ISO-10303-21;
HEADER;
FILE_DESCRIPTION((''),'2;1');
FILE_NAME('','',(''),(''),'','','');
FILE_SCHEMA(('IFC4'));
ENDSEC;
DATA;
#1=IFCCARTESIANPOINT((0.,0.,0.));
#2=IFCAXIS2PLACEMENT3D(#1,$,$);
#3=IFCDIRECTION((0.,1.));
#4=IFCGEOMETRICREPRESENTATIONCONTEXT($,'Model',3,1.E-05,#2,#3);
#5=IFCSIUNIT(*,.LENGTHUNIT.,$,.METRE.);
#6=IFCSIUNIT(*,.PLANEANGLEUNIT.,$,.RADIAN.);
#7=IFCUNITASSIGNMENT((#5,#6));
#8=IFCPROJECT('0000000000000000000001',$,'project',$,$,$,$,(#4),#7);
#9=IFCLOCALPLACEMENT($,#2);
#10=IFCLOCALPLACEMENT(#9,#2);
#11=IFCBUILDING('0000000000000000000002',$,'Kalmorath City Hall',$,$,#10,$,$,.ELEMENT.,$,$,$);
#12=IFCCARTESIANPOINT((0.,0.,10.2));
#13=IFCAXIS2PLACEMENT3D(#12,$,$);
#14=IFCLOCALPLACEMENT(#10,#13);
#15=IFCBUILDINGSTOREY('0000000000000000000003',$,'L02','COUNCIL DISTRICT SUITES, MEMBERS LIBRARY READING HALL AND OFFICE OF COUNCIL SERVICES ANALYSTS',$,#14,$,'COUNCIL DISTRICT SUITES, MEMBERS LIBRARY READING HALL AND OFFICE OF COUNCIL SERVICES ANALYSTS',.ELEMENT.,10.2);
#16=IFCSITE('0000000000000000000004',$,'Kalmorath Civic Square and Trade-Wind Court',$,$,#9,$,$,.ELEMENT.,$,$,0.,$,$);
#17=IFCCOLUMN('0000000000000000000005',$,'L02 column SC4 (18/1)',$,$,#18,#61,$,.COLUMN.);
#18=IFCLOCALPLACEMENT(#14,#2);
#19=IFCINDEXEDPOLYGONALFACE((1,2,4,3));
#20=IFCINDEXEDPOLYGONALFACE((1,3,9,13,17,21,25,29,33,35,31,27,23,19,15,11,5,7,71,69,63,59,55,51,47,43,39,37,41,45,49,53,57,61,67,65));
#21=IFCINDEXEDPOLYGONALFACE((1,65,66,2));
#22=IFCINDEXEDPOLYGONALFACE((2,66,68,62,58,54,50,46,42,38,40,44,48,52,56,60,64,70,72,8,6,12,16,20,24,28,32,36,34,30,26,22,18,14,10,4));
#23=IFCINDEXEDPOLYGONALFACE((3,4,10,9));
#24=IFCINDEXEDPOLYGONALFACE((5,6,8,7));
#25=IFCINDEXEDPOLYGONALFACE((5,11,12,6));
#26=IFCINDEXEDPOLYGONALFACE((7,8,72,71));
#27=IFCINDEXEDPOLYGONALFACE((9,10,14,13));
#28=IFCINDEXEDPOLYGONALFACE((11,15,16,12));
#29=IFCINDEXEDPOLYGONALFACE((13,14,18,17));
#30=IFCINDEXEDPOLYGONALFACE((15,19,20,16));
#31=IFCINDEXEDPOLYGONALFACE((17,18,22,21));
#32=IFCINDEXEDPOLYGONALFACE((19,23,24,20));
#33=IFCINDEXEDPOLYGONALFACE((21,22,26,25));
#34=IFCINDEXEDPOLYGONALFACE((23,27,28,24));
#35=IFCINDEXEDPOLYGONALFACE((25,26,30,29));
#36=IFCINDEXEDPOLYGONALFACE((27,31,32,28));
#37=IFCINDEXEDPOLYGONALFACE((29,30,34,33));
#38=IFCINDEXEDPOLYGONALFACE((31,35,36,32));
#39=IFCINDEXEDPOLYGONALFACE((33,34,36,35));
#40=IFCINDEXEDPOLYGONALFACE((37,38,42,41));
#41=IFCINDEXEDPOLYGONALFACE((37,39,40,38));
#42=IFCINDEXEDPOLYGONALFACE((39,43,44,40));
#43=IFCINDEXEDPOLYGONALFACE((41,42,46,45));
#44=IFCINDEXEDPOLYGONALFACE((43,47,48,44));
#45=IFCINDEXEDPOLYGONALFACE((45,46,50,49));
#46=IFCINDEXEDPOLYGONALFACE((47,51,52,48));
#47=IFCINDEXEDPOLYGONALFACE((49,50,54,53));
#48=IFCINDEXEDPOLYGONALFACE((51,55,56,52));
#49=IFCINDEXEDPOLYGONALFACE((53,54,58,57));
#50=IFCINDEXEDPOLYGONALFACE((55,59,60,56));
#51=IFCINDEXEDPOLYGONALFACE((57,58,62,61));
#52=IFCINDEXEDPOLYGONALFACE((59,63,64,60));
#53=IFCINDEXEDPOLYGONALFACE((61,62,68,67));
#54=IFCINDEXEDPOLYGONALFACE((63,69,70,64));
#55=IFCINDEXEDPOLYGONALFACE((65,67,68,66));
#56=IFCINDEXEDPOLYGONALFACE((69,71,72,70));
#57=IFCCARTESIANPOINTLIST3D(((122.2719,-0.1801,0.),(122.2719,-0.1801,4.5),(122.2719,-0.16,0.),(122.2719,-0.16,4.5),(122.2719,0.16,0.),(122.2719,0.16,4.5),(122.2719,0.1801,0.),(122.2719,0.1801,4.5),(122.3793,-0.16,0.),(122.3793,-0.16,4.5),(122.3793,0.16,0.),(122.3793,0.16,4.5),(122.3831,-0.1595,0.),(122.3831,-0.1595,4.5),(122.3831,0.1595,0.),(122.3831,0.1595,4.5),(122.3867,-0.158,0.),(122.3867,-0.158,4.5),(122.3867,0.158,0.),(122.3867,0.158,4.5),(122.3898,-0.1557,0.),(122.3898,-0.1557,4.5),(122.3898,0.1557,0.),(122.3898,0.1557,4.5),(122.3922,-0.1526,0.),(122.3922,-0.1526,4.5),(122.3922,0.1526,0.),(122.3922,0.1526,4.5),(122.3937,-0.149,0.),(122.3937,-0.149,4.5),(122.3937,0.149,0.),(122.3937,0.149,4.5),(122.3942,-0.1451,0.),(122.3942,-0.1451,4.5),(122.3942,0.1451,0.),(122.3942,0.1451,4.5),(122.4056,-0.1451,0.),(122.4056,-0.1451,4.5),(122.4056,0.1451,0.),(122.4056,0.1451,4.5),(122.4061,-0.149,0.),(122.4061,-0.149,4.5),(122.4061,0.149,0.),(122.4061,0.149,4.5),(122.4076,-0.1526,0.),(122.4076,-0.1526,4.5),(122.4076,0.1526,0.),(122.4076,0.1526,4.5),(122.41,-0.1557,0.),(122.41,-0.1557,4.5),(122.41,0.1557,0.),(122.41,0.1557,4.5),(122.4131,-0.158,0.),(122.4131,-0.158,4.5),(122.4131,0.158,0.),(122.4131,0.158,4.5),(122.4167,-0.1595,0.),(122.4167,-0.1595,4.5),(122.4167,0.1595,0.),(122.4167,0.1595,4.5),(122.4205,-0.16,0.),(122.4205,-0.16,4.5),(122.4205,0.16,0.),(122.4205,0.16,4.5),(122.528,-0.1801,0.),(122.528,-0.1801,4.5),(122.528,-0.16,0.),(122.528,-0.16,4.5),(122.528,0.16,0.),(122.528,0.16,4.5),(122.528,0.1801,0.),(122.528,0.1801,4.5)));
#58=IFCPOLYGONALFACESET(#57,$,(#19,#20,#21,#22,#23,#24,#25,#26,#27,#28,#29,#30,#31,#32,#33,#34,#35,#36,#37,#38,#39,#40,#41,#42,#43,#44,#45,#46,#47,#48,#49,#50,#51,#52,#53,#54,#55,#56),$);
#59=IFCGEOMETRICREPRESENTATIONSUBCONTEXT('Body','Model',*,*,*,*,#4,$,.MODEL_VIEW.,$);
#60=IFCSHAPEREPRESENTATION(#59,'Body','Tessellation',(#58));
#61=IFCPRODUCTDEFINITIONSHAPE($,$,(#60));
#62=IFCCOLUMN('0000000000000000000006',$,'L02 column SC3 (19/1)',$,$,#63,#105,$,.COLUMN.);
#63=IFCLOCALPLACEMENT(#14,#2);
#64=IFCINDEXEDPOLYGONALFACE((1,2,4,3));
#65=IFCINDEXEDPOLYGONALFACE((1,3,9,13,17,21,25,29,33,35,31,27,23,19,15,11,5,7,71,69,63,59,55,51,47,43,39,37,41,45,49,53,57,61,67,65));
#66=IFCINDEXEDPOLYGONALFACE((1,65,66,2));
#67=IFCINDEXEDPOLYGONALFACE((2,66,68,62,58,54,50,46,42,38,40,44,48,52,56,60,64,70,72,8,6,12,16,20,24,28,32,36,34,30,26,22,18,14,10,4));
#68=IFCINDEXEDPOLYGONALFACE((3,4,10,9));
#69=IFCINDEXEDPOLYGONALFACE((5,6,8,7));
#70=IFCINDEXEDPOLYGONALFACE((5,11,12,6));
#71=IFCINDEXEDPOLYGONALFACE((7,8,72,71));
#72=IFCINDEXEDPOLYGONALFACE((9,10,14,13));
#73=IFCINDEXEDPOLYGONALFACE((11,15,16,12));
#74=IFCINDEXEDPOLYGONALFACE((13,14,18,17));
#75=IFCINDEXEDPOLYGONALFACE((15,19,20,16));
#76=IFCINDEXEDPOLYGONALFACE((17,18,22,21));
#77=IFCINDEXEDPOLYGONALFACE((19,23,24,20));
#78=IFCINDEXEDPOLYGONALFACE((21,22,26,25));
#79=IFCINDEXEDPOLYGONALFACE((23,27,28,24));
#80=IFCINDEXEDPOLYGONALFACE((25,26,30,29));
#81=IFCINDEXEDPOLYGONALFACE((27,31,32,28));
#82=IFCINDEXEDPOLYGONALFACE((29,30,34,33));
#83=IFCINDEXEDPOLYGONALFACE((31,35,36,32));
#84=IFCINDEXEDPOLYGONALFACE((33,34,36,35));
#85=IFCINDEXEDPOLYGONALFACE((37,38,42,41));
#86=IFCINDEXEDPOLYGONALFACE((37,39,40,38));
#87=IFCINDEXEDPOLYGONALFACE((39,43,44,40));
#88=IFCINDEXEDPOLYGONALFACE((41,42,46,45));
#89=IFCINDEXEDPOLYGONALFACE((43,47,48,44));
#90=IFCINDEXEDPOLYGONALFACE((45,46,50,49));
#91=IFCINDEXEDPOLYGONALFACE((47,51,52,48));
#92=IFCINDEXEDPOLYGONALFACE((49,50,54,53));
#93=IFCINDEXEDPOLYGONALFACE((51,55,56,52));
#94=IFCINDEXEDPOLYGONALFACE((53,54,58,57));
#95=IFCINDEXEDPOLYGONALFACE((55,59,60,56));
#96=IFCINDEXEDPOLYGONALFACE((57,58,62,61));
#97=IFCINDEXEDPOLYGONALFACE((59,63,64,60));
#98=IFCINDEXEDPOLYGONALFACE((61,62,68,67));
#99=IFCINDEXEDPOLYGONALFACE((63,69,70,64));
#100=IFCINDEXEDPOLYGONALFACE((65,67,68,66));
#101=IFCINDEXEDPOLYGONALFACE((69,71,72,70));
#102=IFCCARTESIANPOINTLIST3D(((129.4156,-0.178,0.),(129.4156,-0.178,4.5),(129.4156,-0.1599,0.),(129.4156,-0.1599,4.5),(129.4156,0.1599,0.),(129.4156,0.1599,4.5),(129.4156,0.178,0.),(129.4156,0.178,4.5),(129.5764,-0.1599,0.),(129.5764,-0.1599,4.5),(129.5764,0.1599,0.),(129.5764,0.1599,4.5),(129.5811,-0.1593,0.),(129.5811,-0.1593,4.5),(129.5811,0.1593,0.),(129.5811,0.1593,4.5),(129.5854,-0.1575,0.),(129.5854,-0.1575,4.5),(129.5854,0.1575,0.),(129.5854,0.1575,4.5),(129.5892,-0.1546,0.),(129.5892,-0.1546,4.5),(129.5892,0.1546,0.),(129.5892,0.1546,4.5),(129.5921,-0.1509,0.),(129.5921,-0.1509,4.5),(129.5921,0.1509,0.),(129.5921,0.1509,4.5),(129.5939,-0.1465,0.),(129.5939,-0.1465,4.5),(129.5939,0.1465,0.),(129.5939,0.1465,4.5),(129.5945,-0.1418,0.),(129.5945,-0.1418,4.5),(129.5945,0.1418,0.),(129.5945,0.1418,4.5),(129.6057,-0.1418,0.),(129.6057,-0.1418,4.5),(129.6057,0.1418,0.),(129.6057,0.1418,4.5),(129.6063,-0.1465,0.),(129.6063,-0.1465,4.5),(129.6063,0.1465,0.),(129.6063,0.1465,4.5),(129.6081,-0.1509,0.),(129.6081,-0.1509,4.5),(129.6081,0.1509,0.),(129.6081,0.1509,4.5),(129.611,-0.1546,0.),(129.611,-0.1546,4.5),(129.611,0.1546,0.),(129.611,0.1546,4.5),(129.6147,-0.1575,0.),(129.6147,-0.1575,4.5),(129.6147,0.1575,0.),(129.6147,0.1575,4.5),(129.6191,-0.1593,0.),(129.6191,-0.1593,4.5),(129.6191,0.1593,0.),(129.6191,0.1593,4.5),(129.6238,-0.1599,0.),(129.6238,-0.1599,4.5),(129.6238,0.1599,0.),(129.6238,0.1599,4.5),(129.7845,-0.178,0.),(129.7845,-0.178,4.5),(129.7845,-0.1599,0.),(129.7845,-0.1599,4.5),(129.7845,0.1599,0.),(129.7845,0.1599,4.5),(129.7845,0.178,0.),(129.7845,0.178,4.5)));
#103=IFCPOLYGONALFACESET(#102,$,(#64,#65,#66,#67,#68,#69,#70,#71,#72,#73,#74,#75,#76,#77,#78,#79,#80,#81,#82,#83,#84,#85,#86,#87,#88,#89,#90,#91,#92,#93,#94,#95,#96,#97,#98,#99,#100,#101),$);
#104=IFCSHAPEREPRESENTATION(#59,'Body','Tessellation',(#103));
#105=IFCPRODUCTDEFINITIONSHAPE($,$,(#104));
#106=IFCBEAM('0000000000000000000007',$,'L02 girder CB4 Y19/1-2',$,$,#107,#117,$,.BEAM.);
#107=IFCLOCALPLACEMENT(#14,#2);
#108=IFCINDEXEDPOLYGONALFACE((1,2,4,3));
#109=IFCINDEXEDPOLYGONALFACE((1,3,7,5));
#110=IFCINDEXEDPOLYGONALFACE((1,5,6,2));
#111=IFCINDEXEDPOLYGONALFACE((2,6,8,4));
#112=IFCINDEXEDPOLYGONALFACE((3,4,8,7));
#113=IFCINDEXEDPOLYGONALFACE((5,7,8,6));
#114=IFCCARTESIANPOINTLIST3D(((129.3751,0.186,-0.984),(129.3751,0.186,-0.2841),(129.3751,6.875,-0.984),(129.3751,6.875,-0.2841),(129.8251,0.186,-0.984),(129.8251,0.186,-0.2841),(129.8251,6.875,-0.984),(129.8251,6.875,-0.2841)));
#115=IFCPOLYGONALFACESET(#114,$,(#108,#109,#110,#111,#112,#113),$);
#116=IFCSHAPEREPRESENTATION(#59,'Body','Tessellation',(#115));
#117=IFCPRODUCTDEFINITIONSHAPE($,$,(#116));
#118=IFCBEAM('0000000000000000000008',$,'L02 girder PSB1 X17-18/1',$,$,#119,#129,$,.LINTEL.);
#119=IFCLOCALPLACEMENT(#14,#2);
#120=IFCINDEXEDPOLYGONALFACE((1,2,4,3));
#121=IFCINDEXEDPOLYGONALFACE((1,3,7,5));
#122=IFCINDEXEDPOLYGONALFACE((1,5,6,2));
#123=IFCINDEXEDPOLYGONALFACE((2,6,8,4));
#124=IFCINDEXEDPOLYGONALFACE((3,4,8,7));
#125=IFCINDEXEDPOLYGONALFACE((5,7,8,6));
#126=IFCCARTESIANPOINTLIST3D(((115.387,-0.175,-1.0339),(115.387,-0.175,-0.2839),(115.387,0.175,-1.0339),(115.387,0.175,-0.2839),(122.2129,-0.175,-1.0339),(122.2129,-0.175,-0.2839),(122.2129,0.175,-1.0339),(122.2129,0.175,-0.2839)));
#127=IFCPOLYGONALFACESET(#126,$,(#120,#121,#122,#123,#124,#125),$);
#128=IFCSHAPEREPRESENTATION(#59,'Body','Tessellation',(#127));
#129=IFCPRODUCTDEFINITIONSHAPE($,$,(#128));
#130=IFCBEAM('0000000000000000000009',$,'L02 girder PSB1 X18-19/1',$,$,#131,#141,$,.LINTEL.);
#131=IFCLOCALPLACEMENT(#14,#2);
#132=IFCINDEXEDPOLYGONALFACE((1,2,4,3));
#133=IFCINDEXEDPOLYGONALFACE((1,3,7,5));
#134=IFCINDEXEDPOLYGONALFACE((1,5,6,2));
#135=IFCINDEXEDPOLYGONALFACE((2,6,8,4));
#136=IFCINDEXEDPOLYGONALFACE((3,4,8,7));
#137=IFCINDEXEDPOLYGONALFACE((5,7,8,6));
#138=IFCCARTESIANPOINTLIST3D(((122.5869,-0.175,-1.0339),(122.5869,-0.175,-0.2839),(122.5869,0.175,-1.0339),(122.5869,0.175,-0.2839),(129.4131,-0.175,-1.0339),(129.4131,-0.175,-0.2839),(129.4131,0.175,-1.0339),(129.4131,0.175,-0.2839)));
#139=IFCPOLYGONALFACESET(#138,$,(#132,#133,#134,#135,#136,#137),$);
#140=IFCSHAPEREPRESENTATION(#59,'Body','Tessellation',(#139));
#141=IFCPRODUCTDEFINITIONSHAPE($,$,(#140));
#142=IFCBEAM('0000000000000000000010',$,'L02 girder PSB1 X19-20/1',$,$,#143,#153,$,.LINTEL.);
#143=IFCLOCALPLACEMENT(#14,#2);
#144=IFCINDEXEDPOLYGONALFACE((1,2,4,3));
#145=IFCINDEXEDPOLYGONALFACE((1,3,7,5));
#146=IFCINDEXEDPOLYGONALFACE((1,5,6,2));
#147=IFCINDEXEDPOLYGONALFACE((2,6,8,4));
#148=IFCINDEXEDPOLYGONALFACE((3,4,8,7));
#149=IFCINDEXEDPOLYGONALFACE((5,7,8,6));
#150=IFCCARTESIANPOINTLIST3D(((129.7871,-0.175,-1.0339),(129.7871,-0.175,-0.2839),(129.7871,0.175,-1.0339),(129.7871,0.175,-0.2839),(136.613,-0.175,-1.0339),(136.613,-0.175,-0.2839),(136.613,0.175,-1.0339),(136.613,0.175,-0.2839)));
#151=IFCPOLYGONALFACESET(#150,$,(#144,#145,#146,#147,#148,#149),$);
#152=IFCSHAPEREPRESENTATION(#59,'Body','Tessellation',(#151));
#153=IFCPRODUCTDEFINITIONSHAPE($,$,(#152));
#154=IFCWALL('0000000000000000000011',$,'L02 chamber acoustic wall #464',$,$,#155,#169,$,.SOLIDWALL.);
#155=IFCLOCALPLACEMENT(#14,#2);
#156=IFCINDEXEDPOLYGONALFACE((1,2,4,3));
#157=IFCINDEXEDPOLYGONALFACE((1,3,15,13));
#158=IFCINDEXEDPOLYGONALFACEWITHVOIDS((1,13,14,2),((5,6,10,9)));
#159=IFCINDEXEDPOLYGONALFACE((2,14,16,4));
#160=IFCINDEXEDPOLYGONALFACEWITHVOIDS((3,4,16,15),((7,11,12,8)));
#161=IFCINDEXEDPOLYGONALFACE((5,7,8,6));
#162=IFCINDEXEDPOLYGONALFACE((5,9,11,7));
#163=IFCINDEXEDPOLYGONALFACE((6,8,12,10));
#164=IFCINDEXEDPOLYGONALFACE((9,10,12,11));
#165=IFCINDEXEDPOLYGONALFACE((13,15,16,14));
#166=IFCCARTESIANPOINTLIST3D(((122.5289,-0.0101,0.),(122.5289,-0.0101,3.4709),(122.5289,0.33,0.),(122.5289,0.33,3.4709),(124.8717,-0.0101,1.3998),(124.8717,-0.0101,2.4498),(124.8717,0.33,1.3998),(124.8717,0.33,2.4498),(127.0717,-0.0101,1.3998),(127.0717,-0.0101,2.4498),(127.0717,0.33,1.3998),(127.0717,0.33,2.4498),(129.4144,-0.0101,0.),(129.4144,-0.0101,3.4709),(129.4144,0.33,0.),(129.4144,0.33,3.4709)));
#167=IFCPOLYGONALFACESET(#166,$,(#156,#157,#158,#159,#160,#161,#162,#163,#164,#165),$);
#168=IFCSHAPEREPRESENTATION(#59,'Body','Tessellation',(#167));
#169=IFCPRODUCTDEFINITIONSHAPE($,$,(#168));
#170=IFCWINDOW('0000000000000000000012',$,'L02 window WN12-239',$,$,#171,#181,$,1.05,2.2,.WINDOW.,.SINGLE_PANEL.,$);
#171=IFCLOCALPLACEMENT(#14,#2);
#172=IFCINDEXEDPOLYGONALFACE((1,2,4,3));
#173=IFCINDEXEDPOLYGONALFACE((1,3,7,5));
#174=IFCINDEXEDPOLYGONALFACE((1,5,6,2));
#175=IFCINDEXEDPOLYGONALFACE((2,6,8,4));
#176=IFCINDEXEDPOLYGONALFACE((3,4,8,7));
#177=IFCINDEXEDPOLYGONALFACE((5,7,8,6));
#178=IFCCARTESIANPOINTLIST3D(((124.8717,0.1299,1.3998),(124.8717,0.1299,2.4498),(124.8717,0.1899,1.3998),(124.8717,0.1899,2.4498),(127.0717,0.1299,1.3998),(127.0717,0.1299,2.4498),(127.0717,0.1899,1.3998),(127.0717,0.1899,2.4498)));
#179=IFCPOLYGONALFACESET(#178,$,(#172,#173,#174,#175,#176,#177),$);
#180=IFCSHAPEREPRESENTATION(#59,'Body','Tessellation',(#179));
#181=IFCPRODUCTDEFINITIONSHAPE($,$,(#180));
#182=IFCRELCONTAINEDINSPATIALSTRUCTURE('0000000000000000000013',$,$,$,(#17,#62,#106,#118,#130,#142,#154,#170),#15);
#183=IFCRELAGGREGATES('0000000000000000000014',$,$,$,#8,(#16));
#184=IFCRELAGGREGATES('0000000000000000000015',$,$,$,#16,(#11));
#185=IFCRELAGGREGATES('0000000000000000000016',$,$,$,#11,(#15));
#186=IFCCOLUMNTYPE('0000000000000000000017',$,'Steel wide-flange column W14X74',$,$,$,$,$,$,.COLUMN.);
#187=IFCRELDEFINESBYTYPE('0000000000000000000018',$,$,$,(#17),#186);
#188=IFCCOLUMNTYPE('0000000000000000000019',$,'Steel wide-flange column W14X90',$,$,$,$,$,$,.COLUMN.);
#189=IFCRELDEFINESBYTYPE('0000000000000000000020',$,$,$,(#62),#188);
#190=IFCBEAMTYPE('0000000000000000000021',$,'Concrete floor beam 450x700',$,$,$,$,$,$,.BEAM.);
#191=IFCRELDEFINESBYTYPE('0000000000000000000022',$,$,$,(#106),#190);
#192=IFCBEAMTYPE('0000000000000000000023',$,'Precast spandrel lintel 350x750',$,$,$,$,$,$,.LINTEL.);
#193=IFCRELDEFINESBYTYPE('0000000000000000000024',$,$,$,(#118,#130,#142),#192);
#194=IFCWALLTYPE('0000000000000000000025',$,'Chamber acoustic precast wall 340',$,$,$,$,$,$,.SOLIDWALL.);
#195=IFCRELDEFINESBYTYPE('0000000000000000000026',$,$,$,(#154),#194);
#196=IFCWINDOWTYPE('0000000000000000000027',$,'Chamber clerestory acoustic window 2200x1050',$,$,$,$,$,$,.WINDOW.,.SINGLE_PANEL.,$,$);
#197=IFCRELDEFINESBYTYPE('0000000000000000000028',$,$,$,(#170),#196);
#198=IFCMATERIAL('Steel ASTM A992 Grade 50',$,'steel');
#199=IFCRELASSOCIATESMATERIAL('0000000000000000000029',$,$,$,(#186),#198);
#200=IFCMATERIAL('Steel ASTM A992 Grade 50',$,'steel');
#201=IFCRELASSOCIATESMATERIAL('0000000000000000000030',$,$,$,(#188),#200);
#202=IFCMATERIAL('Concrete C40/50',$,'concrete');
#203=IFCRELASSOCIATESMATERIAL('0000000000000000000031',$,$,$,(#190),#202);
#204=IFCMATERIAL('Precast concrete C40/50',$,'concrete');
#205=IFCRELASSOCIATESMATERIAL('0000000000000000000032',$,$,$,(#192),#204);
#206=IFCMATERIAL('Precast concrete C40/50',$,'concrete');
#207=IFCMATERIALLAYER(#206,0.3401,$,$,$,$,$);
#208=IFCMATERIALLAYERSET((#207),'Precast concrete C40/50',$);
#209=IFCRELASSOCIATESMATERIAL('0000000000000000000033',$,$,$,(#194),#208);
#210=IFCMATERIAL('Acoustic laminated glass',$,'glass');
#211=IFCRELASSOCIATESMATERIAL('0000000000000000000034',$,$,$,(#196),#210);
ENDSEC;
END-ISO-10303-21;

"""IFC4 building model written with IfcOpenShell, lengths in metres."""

from ifc_helpers import new_model, si_unit, direction, frame, frame_2d, origin, origin_2d, place, context, subcontext, project, spatial, rectangle, i_section, extrude, material, layer, layer_set, material_profile, profile_set, type_object, element, fill, save


model = new_model("IFC4")

# Units and contexts
model_context = context("Model", 3, precision=1e-05, world=origin(), true_north=direction((0.0, 1.0)))
body_context = subcontext(model_context, "Body", "Model", "MODEL_VIEW")
ifc_project = project(units=[si_unit("LENGTHUNIT", "METRE"), si_unit("PLANEANGLEUNIT", "RADIAN")], contexts=[model_context])

# Site, building, storey
site_placement = place(None, origin())
site = spatial("IfcSite", under=ifc_project, at=site_placement, Name="Kalmorath Civic Square and Trade-Wind Court", CompositionType="ELEMENT", RefElevation=0.0)
building_placement = place(site_placement, origin())
building = spatial("IfcBuilding", under=site, at=building_placement, Name="Kalmorath City Hall", CompositionType="ELEMENT")
storey_placement = place(building_placement, frame((0.0, 0.0, 10.2)))
storey = spatial("IfcBuildingStorey", under=building, at=storey_placement, Name="L02", Description="COUNCIL DISTRICT SUITES, MEMBERS LIBRARY READING HALL AND OFFICE OF COUNCIL SERVICES ANALYSTS", LongName="COUNCIL DISTRICT SUITES, MEMBERS LIBRARY READING HALL AND OFFICE OF COUNCIL SERVICES ANALYSTS", CompositionType="ELEMENT", Elevation=10.2)

# Columns
ifc_material_1 = material(Name="Steel ASTM A992 Grade 50", Category="steel")
ifc_material_profile_1 = material_profile(ifc_material_1, i_section(OverallWidth=0.2561, OverallDepth=0.3601, WebThickness=0.0115, FlangeThickness=0.02, FilletRadius=0.0149, at=origin_2d()), Name="W14X74")
ifc_profile_set_1 = profile_set([ifc_material_profile_1], Name="Steel ASTM A992 Grade 50")
column_type_1 = type_object("IfcColumnType", Name="Steel wide-flange column W14X74", PredefinedType="COLUMN", material=ifc_profile_set_1)
column_1_placement = place(storey_placement, frame((122.3999, 0.0, 0.0), z_axis=(0.0, 0.0, 1.0), x_axis=(1.0, 0.0, 0.0)))
element("IfcColumn", 1, at=column_1_placement, inside=storey, type_object=column_type_1, Name="L02 column SC4 (18/1)", PredefinedType="COLUMN", context=body_context, shape_type="SweptSolid", body=[
    extrude(i_section(OverallWidth=0.2561, OverallDepth=0.3601, WebThickness=0.0115, FlangeThickness=0.02, FilletRadius=0.0149, at=origin_2d()), origin(), (0.0, 0.0, 1.0), 4.5),
])
ifc_material_2 = material(Name="Steel ASTM A992 Grade 50", Category="steel")
ifc_material_profile_2 = material_profile(ifc_material_2, i_section(OverallWidth=0.3689, OverallDepth=0.356, WebThickness=0.0112, FlangeThickness=0.0181, FilletRadius=0.0181, at=origin_2d()), Name="W14X90")
ifc_profile_set_2 = profile_set([ifc_material_profile_2], Name="Steel ASTM A992 Grade 50")
column_type_2 = type_object("IfcColumnType", Name="Steel wide-flange column W14X90", PredefinedType="COLUMN", material=ifc_profile_set_2)
column_2_placement = place(storey_placement, frame((129.6001, 0.0, 0.0), z_axis=(0.0, 0.0, 1.0), x_axis=(1.0, 0.0, 0.0)))
element("IfcColumn", 2, at=column_2_placement, inside=storey, type_object=column_type_2, Name="L02 column SC3 (19/1)", PredefinedType="COLUMN", context=body_context, shape_type="SweptSolid", body=[
    extrude(i_section(OverallWidth=0.3689, OverallDepth=0.356, WebThickness=0.0112, FlangeThickness=0.0181, FilletRadius=0.0181, at=origin_2d()), origin(), (0.0, 0.0, 1.0), 4.5),
])

# Beams
ifc_material_3 = material(Name="Concrete C40/50", Category="concrete")
ifc_material_profile_3 = material_profile(ifc_material_3, rectangle(XDim=0.45, YDim=0.7, at=origin_2d()), Name="RC-BM-450X700")
ifc_profile_set_3 = profile_set([ifc_material_profile_3], Name="Concrete C40/50")
beam_type_1 = type_object("IfcBeamType", Name="Concrete floor beam 450x700", PredefinedType="BEAM", material=ifc_profile_set_3)
beam_1_placement = place(storey_placement, frame((129.6001, 0.186, -0.634), z_axis=(0.0, 1.0, 0.0), x_axis=(-1.0, 0.0, 0.0)))
element("IfcBeam", 3, at=beam_1_placement, inside=storey, type_object=beam_type_1, Name="L02 girder CB4 Y19/1-2", PredefinedType="BEAM", context=body_context, shape_type="SweptSolid", body=[
    extrude(rectangle(XDim=0.45, YDim=0.7, at=origin_2d()), origin(), (0.0, 0.0, 1.0), 6.689),
])
ifc_material_4 = material(Name="Precast concrete C40/50", Category="concrete")
ifc_material_profile_4 = material_profile(ifc_material_4, rectangle(XDim=0.3501, YDim=0.75, at=origin_2d()), Name="PC-SP-350X750")
ifc_profile_set_4 = profile_set([ifc_material_profile_4], Name="Precast concrete C40/50")
beam_type_2 = type_object("IfcBeamType", Name="Precast spandrel lintel 350x750", PredefinedType="LINTEL", material=ifc_profile_set_4)
beam_2_placement = place(storey_placement, frame((115.387, 0.0, -0.6589), z_axis=(1.0, 0.0, 0.0), x_axis=(0.0, 1.0, 0.0)))
element("IfcBeam", 4, at=beam_2_placement, inside=storey, type_object=beam_type_2, Name="L02 girder PSB1 X17-18/1", PredefinedType="LINTEL", context=body_context, shape_type="SweptSolid", body=[
    extrude(rectangle(XDim=0.3501, YDim=0.75, at=origin_2d()), origin(), (0.0, 0.0, 1.0), 6.8259),
])
beam_3_placement = place(storey_placement, frame((122.5869, 0.0, -0.6589), z_axis=(1.0, 0.0, 0.0), x_axis=(0.0, 1.0, 0.0)))
element("IfcBeam", 5, at=beam_3_placement, inside=storey, type_object=beam_type_2, Name="L02 girder PSB1 X18-19/1", PredefinedType="LINTEL", context=body_context, shape_type="SweptSolid", body=[
    extrude(rectangle(XDim=0.3501, YDim=0.75, at=origin_2d()), origin(), (0.0, 0.0, 1.0), 6.8262),
])
beam_4_placement = place(storey_placement, frame((129.7871, 0.0, -0.6589), z_axis=(1.0, 0.0, 0.0), x_axis=(0.0, 1.0, 0.0)))
element("IfcBeam", 6, at=beam_4_placement, inside=storey, type_object=beam_type_2, Name="L02 girder PSB1 X19-20/1", PredefinedType="LINTEL", context=body_context, shape_type="SweptSolid", body=[
    extrude(rectangle(XDim=0.3501, YDim=0.75, at=origin_2d()), origin(), (0.0, 0.0, 1.0), 6.8259),
])

# Wall, opening, window
ifc_material_5 = material(Name="Precast concrete C40/50", Category="concrete")
ifc_layer_1 = layer(ifc_material_5, 0.3401)
ifc_layer_set_1 = layer_set([ifc_layer_1], Name="Precast concrete C40/50")
wall_type_1 = type_object("IfcWallType", Name="Chamber acoustic precast wall 340", PredefinedType="SOLIDWALL", material=ifc_layer_set_1)
wall_1_placement = place(storey_placement, frame((129.4146, 0.1599, 0.0), z_axis=(0.0, 0.0, 1.0), x_axis=(-1.0, 0.0, 0.0)))
wall_1 = element("IfcWall", 7, at=wall_1_placement, inside=storey, type_object=wall_type_1, Name="L02 chamber acoustic wall #464", PredefinedType="SOLIDWALL", context=body_context, shape_type="SweptSolid", body=[
    extrude(rectangle(XDim=6.8855, YDim=0.3401, at=frame_2d((3.4429, 0.0))), origin(), (0.0, 0.0, 1.0), 3.4709),
])
opening_1_placement = place(wall_1_placement, frame((2.3428, 0.0, 1.3999)))
opening_1 = element("IfcOpeningElement", 8, at=opening_1_placement, cuts=wall_1, PredefinedType="OPENING", context=body_context, shape_type="SweptSolid", body=[
    extrude(rectangle(XDim=2.2, YDim=1.05, at=frame_2d((1.1001, 0.5249))), frame((0.0, 0.1799, 0.0), z_axis=(0.0, -1.0, 0.0), x_axis=(1.0, 0.0, 0.0)), (0.0, 0.0, 1.0), 0.3601),
])
ifc_material_6 = material(Name="Acoustic laminated glass", Category="glass")
window_type = type_object("IfcWindowType", Name="Chamber clerestory acoustic window 2200x1050", PartitioningType="SINGLE_PANEL", PredefinedType="WINDOW", material=ifc_material_6)
window_1_placement = place(opening_1_placement, origin())
window_1 = element("IfcWindow", 9, at=window_1_placement, inside=storey, type_object=window_type, Name="L02 window WN12-239", OverallHeight=1.05, OverallWidth=2.2, PartitioningType="SINGLE_PANEL", PredefinedType="WINDOW", context=body_context, shape_type="SweptSolid", body=[
    extrude(rectangle(XDim=2.2, YDim=1.05, at=frame_2d((1.1001, 0.5249))), frame((0.0, 0.03, 0.0), z_axis=(0.0, -1.0, 0.0), x_axis=(1.0, 0.0, 0.0)), (0.0, 0.0, 1.0), 0.0601),
])
fill(opening_1, window_1)

save(model, "model.ifc")
